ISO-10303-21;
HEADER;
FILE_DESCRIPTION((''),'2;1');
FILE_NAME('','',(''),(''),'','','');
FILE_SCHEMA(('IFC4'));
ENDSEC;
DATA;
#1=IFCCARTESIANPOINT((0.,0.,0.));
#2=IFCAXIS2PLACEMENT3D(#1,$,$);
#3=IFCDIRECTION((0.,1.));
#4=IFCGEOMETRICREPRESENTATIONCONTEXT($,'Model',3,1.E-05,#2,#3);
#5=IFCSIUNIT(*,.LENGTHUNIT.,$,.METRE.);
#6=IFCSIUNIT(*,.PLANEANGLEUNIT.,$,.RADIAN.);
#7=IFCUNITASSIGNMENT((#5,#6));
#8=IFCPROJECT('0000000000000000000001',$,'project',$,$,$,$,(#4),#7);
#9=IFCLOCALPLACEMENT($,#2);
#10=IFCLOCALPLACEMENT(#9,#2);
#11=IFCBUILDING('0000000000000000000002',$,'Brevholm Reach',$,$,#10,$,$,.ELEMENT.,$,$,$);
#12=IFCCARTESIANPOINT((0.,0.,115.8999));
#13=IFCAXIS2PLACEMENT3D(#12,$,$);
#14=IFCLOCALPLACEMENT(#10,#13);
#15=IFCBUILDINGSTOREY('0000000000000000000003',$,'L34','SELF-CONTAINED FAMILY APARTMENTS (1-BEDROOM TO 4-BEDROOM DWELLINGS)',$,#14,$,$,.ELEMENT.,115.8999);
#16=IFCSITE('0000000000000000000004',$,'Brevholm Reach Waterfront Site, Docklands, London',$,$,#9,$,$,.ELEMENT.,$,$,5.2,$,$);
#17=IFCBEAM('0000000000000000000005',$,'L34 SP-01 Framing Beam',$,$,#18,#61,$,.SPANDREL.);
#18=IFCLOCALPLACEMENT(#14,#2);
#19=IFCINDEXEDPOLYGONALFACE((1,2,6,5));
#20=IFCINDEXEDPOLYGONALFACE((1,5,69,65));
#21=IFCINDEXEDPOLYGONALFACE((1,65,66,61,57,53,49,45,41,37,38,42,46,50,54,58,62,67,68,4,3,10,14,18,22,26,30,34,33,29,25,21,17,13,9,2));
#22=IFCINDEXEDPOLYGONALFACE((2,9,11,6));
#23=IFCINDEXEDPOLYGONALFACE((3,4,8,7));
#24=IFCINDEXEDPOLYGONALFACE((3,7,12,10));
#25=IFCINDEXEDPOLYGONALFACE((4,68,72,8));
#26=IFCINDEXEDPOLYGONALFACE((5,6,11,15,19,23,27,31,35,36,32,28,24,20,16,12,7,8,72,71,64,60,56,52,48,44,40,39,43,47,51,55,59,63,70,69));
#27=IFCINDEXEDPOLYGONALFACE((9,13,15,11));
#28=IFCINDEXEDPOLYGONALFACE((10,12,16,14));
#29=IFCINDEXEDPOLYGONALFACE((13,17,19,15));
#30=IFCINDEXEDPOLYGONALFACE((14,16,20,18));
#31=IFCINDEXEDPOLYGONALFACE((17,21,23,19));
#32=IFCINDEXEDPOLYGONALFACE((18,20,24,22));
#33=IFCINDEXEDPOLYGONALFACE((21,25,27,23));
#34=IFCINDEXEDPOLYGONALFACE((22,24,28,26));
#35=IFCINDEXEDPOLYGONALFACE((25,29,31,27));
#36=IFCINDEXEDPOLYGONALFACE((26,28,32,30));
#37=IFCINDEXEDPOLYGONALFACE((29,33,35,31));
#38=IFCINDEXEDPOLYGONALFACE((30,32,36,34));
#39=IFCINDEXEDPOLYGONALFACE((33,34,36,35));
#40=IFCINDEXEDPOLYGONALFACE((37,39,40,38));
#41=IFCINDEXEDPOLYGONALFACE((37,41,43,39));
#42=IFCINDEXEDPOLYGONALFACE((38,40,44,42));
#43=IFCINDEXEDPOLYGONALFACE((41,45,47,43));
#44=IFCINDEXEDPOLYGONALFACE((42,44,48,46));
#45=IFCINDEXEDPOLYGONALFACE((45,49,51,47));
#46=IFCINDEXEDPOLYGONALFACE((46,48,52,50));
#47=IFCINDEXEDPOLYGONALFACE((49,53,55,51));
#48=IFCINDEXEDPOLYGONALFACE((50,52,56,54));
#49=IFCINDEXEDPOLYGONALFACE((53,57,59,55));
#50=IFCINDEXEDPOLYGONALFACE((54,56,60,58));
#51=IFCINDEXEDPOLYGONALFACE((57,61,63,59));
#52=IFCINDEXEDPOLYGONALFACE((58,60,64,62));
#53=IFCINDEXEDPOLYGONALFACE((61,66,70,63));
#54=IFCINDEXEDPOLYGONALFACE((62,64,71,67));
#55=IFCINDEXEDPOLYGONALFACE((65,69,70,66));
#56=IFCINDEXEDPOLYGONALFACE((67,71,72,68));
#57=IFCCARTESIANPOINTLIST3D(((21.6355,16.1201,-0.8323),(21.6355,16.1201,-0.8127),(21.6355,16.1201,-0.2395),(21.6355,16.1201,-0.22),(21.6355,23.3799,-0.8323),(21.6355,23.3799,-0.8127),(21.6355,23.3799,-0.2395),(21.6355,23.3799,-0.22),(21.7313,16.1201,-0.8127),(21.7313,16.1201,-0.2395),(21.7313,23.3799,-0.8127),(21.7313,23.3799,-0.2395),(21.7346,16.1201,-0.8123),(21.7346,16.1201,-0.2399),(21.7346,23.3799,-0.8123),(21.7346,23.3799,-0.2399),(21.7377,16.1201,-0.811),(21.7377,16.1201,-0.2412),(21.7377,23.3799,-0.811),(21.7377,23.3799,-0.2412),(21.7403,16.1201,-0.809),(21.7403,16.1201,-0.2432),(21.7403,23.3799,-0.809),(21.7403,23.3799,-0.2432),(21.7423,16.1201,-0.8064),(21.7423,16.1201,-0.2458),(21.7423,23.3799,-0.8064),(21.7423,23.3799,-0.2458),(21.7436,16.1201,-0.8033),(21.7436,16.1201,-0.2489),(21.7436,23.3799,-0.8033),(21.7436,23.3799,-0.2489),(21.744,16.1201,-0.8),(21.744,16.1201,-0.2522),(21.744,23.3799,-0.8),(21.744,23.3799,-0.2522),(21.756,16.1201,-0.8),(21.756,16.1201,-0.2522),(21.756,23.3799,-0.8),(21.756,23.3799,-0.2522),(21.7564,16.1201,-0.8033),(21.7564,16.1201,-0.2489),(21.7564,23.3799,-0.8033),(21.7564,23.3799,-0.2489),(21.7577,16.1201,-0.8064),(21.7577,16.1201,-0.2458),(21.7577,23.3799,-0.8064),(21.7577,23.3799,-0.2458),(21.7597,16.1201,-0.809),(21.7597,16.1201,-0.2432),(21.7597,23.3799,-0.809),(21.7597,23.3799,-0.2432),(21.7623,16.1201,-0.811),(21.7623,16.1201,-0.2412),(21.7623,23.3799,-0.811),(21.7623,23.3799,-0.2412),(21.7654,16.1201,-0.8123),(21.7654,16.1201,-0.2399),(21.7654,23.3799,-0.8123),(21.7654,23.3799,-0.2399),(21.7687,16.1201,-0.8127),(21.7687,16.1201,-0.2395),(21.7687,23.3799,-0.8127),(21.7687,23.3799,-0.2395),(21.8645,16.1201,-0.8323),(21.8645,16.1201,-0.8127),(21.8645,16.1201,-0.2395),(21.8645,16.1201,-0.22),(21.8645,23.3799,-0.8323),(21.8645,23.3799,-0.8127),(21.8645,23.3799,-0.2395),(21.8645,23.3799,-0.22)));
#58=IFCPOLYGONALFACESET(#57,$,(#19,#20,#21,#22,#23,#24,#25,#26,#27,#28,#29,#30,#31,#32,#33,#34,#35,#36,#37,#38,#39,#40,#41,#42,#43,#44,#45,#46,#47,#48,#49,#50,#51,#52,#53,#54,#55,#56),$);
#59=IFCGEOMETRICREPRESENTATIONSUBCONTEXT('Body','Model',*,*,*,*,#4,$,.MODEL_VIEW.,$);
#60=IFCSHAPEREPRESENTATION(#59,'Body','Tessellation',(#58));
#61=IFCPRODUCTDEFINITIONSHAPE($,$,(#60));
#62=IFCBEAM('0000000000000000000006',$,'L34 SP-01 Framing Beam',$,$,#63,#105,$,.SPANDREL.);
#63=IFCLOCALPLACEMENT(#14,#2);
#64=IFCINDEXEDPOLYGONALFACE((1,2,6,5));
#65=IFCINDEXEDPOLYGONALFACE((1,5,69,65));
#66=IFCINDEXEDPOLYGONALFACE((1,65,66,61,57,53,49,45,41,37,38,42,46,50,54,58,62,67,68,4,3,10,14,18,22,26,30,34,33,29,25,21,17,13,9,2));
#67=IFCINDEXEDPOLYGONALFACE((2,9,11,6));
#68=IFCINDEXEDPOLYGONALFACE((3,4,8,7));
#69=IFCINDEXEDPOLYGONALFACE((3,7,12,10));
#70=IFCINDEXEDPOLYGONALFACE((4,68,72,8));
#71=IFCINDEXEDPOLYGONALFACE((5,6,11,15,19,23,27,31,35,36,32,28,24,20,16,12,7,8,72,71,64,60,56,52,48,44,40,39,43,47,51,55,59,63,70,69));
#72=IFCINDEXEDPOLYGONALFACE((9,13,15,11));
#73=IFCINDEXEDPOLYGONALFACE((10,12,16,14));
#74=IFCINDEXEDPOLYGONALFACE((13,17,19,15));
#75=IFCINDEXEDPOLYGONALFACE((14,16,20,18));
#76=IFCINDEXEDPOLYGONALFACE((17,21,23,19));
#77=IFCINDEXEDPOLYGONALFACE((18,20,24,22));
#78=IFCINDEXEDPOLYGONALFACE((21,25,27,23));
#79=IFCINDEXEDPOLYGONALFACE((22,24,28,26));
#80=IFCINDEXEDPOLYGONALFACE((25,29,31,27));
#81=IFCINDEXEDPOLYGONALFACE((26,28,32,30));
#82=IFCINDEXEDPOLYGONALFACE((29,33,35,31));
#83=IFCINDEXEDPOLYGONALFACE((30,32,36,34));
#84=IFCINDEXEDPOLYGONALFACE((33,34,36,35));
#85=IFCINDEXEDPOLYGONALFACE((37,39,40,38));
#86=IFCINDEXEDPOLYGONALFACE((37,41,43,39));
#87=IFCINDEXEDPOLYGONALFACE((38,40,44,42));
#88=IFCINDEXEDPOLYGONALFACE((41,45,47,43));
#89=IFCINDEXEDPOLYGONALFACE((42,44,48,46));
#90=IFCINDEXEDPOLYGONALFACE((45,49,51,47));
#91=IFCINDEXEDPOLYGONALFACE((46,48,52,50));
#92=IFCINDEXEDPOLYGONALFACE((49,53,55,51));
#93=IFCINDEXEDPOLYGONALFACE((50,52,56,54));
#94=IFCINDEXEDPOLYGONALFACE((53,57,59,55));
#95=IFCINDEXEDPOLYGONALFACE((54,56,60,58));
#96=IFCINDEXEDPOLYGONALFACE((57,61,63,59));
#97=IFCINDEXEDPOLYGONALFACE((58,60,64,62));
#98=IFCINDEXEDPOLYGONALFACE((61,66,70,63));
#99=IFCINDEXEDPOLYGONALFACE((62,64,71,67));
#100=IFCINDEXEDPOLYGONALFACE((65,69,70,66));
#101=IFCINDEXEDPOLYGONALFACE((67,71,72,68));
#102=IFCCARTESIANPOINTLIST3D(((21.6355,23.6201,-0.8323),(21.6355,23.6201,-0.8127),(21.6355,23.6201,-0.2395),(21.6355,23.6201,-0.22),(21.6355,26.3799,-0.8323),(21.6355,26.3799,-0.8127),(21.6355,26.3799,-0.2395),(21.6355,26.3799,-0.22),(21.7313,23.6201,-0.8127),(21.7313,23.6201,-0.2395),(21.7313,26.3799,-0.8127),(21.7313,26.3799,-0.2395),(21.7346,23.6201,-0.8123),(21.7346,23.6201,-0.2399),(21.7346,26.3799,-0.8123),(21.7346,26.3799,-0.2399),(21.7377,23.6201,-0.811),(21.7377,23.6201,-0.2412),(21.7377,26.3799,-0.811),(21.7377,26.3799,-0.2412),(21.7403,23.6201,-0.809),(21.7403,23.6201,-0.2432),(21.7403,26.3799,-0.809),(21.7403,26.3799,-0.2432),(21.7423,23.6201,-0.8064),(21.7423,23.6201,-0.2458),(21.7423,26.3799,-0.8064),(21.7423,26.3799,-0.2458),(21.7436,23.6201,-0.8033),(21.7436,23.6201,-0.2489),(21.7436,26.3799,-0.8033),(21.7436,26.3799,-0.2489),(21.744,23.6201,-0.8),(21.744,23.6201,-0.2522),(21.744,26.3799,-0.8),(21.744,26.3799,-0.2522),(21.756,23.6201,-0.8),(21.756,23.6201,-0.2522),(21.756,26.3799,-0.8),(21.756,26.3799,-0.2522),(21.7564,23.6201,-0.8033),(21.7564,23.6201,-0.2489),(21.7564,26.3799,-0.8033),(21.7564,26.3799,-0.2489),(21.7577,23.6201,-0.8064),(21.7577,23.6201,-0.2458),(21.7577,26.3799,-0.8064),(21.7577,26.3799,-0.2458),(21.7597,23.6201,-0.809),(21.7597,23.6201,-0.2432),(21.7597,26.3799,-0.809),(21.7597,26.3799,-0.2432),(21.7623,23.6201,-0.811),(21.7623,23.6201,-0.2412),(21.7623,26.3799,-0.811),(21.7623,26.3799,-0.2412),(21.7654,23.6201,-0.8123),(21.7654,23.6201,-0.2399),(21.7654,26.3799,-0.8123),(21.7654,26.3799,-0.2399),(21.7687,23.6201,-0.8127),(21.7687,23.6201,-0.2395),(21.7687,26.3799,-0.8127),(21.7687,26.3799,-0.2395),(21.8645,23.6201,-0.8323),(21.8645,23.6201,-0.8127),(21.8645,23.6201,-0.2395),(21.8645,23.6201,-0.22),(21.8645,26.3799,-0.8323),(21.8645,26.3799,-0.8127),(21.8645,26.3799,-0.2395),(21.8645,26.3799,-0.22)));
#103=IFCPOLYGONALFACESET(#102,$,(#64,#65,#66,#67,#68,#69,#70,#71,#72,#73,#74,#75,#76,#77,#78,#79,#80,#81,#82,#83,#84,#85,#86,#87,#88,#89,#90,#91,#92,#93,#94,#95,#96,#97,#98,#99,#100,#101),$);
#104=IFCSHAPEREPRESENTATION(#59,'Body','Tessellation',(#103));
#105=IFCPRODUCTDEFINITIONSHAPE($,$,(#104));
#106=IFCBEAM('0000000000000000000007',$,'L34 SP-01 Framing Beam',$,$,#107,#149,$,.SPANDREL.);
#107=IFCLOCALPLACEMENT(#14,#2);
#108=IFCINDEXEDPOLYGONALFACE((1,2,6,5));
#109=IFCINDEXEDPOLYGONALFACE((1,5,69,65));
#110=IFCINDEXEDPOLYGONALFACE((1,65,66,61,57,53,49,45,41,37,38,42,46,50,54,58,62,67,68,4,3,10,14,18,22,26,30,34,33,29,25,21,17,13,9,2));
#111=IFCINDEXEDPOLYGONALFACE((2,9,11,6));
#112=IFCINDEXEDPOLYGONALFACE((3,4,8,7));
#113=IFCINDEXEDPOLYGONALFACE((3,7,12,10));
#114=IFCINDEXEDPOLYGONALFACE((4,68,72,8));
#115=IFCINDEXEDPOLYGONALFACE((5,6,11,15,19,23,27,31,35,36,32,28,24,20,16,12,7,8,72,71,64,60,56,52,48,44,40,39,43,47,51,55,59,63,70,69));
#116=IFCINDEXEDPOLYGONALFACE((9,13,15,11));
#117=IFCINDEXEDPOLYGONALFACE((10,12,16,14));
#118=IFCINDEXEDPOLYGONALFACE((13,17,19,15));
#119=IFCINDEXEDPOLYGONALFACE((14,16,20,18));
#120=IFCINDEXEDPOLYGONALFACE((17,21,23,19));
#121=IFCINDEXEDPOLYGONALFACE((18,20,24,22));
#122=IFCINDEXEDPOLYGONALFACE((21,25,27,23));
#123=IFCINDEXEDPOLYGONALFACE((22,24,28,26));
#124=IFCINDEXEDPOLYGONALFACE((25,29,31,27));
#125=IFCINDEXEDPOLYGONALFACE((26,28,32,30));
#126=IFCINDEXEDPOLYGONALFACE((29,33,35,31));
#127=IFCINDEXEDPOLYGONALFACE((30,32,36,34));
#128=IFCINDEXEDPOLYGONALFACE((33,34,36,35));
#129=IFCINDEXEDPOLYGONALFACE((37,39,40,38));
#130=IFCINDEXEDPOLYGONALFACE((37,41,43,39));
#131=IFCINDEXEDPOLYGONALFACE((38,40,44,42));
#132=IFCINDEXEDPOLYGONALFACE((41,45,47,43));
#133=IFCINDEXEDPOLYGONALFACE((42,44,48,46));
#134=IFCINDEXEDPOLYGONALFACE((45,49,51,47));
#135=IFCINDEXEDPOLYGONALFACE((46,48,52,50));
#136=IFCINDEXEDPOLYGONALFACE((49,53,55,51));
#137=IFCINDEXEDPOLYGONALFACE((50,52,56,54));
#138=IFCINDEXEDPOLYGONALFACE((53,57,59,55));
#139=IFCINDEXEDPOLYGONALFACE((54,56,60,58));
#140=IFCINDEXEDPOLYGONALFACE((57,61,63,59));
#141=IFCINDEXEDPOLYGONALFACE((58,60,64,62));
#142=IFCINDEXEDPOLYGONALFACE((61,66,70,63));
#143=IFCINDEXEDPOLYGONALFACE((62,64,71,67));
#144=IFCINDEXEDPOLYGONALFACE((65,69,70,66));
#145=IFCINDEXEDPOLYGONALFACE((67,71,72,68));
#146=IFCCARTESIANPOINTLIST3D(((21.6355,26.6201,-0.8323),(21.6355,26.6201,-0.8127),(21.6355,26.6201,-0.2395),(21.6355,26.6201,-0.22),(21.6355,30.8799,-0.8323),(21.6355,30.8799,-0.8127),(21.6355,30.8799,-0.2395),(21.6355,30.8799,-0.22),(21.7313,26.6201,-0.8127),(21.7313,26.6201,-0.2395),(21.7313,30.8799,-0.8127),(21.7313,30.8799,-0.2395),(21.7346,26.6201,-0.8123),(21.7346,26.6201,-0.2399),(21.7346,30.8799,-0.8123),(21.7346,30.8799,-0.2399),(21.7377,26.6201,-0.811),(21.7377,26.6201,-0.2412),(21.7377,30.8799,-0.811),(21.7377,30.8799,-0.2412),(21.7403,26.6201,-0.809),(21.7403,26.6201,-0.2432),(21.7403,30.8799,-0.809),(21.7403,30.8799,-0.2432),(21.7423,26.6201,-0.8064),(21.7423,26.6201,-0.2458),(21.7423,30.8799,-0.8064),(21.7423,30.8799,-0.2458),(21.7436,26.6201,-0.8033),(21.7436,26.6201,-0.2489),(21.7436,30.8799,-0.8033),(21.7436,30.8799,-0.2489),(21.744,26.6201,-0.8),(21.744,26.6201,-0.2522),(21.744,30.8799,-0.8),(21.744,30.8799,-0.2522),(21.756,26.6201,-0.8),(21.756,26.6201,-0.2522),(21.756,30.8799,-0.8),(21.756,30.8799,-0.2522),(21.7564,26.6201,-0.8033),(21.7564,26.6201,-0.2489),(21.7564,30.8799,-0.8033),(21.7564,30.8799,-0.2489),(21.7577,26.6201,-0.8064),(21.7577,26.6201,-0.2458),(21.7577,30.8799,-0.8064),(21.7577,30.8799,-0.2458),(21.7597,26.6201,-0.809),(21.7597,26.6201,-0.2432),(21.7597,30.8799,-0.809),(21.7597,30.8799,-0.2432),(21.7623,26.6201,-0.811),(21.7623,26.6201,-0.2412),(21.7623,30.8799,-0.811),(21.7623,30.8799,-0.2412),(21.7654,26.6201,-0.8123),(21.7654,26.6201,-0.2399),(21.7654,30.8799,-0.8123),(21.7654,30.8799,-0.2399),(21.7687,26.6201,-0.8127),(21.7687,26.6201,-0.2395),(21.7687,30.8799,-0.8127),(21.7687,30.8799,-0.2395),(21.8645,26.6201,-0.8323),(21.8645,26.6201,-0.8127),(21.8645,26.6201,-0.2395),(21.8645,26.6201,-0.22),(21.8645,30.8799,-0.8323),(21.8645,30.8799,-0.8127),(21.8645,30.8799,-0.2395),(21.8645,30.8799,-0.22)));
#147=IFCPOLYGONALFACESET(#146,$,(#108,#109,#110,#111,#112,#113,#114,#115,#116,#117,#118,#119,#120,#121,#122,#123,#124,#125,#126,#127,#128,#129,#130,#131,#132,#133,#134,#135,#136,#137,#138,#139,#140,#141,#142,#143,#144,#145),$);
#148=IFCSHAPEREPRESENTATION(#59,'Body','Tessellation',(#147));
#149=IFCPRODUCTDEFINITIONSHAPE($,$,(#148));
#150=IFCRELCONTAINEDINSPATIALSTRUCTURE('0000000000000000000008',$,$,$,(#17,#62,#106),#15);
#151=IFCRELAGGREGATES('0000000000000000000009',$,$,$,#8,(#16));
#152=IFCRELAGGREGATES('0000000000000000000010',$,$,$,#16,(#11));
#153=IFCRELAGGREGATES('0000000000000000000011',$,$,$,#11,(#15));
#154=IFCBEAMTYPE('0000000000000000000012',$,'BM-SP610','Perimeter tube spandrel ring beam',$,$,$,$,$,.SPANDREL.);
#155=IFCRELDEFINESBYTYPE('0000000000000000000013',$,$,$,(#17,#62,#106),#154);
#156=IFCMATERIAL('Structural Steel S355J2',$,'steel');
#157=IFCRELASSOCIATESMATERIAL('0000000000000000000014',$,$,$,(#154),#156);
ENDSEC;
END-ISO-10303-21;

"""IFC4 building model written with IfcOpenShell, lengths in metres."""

from ifc_helpers import new_model, si_unit, direction, frame, origin, origin_2d, place, context, subcontext, project, spatial, i_section, extrude, material, material_profile, profile_set, type_object, element, save


model = new_model("IFC4")

# Units and contexts
model_context = context("Model", 3, precision=1e-05, world=origin(), true_north=direction((0.0, 1.0)))
body_context = subcontext(model_context, "Body", "Model", "MODEL_VIEW")
ifc_project = project(units=[si_unit("LENGTHUNIT", "METRE"), si_unit("PLANEANGLEUNIT", "RADIAN")], contexts=[model_context])

# Site, building, storey
site_placement = place(None, origin())
site = spatial("IfcSite", under=ifc_project, at=site_placement, Name="Brevholm Reach Waterfront Site, Docklands, London", CompositionType="ELEMENT", RefElevation=5.2)
building_placement = place(site_placement, origin())
building = spatial("IfcBuilding", under=site, at=building_placement, Name="Brevholm Reach", CompositionType="ELEMENT")
storey_placement = place(building_placement, frame((0.0, 0.0, 115.8999)))
storey = spatial("IfcBuildingStorey", under=building, at=storey_placement, Name="L34", Description="SELF-CONTAINED FAMILY APARTMENTS (1-BEDROOM TO 4-BEDROOM DWELLINGS)", CompositionType="ELEMENT", Elevation=115.8999)

# Beams
ifc_material_1 = material(Name="Structural Steel S355J2", Category="steel")
ifc_material_profile_1 = material_profile(ifc_material_1, i_section(OverallWidth=0.229, OverallDepth=0.6123, WebThickness=0.012, FlangeThickness=0.0195, FilletRadius=0.0127, at=origin_2d()), Name="UKB 610x229x125")
ifc_profile_set_1 = profile_set([ifc_material_profile_1], Name="Structural Steel S355J2")
beam_type_1 = type_object("IfcBeamType", Name="BM-SP610", Description="Perimeter tube spandrel ring beam", PredefinedType="SPANDREL", material=ifc_profile_set_1)
beam_1_placement = place(storey_placement, frame((21.75, 16.1201, -0.5261), z_axis=(0.0, 1.0, 0.0), x_axis=(-1.0, 0.0, 0.0)))
element("IfcBeam", 1, at=beam_1_placement, inside=storey, type_object=beam_type_1, Name="L34 SP-01 Framing Beam", PredefinedType="SPANDREL", context=body_context, shape_type="SweptSolid", body=[
    extrude(i_section(OverallWidth=0.229, OverallDepth=0.6123, WebThickness=0.012, FlangeThickness=0.0195, FilletRadius=0.0127, at=origin_2d()), origin(), (0.0, 0.0, 1.0), 7.2598),
])
beam_2_placement = place(storey_placement, frame((21.75, 23.6201, -0.5261), z_axis=(0.0, 1.0, 0.0), x_axis=(-1.0, 0.0, 0.0)))
element("IfcBeam", 2, at=beam_2_placement, inside=storey, type_object=beam_type_1, Name="L34 SP-01 Framing Beam", PredefinedType="SPANDREL", context=body_context, shape_type="SweptSolid", body=[
    extrude(i_section(OverallWidth=0.229, OverallDepth=0.6123, WebThickness=0.012, FlangeThickness=0.0195, FilletRadius=0.0127, at=origin_2d()), origin(), (0.0, 0.0, 1.0), 2.7598),
])
beam_3_placement = place(storey_placement, frame((21.75, 26.6201, -0.5261), z_axis=(0.0, 1.0, 0.0), x_axis=(-1.0, 0.0, 0.0)))
element("IfcBeam", 3, at=beam_3_placement, inside=storey, type_object=beam_type_1, Name="L34 SP-01 Framing Beam", PredefinedType="SPANDREL", context=body_context, shape_type="SweptSolid", body=[
    extrude(i_section(OverallWidth=0.229, OverallDepth=0.6123, WebThickness=0.012, FlangeThickness=0.0195, FilletRadius=0.0127, at=origin_2d()), origin(), (0.0, 0.0, 1.0), 4.2598),
])

save(model, "model.ifc")
